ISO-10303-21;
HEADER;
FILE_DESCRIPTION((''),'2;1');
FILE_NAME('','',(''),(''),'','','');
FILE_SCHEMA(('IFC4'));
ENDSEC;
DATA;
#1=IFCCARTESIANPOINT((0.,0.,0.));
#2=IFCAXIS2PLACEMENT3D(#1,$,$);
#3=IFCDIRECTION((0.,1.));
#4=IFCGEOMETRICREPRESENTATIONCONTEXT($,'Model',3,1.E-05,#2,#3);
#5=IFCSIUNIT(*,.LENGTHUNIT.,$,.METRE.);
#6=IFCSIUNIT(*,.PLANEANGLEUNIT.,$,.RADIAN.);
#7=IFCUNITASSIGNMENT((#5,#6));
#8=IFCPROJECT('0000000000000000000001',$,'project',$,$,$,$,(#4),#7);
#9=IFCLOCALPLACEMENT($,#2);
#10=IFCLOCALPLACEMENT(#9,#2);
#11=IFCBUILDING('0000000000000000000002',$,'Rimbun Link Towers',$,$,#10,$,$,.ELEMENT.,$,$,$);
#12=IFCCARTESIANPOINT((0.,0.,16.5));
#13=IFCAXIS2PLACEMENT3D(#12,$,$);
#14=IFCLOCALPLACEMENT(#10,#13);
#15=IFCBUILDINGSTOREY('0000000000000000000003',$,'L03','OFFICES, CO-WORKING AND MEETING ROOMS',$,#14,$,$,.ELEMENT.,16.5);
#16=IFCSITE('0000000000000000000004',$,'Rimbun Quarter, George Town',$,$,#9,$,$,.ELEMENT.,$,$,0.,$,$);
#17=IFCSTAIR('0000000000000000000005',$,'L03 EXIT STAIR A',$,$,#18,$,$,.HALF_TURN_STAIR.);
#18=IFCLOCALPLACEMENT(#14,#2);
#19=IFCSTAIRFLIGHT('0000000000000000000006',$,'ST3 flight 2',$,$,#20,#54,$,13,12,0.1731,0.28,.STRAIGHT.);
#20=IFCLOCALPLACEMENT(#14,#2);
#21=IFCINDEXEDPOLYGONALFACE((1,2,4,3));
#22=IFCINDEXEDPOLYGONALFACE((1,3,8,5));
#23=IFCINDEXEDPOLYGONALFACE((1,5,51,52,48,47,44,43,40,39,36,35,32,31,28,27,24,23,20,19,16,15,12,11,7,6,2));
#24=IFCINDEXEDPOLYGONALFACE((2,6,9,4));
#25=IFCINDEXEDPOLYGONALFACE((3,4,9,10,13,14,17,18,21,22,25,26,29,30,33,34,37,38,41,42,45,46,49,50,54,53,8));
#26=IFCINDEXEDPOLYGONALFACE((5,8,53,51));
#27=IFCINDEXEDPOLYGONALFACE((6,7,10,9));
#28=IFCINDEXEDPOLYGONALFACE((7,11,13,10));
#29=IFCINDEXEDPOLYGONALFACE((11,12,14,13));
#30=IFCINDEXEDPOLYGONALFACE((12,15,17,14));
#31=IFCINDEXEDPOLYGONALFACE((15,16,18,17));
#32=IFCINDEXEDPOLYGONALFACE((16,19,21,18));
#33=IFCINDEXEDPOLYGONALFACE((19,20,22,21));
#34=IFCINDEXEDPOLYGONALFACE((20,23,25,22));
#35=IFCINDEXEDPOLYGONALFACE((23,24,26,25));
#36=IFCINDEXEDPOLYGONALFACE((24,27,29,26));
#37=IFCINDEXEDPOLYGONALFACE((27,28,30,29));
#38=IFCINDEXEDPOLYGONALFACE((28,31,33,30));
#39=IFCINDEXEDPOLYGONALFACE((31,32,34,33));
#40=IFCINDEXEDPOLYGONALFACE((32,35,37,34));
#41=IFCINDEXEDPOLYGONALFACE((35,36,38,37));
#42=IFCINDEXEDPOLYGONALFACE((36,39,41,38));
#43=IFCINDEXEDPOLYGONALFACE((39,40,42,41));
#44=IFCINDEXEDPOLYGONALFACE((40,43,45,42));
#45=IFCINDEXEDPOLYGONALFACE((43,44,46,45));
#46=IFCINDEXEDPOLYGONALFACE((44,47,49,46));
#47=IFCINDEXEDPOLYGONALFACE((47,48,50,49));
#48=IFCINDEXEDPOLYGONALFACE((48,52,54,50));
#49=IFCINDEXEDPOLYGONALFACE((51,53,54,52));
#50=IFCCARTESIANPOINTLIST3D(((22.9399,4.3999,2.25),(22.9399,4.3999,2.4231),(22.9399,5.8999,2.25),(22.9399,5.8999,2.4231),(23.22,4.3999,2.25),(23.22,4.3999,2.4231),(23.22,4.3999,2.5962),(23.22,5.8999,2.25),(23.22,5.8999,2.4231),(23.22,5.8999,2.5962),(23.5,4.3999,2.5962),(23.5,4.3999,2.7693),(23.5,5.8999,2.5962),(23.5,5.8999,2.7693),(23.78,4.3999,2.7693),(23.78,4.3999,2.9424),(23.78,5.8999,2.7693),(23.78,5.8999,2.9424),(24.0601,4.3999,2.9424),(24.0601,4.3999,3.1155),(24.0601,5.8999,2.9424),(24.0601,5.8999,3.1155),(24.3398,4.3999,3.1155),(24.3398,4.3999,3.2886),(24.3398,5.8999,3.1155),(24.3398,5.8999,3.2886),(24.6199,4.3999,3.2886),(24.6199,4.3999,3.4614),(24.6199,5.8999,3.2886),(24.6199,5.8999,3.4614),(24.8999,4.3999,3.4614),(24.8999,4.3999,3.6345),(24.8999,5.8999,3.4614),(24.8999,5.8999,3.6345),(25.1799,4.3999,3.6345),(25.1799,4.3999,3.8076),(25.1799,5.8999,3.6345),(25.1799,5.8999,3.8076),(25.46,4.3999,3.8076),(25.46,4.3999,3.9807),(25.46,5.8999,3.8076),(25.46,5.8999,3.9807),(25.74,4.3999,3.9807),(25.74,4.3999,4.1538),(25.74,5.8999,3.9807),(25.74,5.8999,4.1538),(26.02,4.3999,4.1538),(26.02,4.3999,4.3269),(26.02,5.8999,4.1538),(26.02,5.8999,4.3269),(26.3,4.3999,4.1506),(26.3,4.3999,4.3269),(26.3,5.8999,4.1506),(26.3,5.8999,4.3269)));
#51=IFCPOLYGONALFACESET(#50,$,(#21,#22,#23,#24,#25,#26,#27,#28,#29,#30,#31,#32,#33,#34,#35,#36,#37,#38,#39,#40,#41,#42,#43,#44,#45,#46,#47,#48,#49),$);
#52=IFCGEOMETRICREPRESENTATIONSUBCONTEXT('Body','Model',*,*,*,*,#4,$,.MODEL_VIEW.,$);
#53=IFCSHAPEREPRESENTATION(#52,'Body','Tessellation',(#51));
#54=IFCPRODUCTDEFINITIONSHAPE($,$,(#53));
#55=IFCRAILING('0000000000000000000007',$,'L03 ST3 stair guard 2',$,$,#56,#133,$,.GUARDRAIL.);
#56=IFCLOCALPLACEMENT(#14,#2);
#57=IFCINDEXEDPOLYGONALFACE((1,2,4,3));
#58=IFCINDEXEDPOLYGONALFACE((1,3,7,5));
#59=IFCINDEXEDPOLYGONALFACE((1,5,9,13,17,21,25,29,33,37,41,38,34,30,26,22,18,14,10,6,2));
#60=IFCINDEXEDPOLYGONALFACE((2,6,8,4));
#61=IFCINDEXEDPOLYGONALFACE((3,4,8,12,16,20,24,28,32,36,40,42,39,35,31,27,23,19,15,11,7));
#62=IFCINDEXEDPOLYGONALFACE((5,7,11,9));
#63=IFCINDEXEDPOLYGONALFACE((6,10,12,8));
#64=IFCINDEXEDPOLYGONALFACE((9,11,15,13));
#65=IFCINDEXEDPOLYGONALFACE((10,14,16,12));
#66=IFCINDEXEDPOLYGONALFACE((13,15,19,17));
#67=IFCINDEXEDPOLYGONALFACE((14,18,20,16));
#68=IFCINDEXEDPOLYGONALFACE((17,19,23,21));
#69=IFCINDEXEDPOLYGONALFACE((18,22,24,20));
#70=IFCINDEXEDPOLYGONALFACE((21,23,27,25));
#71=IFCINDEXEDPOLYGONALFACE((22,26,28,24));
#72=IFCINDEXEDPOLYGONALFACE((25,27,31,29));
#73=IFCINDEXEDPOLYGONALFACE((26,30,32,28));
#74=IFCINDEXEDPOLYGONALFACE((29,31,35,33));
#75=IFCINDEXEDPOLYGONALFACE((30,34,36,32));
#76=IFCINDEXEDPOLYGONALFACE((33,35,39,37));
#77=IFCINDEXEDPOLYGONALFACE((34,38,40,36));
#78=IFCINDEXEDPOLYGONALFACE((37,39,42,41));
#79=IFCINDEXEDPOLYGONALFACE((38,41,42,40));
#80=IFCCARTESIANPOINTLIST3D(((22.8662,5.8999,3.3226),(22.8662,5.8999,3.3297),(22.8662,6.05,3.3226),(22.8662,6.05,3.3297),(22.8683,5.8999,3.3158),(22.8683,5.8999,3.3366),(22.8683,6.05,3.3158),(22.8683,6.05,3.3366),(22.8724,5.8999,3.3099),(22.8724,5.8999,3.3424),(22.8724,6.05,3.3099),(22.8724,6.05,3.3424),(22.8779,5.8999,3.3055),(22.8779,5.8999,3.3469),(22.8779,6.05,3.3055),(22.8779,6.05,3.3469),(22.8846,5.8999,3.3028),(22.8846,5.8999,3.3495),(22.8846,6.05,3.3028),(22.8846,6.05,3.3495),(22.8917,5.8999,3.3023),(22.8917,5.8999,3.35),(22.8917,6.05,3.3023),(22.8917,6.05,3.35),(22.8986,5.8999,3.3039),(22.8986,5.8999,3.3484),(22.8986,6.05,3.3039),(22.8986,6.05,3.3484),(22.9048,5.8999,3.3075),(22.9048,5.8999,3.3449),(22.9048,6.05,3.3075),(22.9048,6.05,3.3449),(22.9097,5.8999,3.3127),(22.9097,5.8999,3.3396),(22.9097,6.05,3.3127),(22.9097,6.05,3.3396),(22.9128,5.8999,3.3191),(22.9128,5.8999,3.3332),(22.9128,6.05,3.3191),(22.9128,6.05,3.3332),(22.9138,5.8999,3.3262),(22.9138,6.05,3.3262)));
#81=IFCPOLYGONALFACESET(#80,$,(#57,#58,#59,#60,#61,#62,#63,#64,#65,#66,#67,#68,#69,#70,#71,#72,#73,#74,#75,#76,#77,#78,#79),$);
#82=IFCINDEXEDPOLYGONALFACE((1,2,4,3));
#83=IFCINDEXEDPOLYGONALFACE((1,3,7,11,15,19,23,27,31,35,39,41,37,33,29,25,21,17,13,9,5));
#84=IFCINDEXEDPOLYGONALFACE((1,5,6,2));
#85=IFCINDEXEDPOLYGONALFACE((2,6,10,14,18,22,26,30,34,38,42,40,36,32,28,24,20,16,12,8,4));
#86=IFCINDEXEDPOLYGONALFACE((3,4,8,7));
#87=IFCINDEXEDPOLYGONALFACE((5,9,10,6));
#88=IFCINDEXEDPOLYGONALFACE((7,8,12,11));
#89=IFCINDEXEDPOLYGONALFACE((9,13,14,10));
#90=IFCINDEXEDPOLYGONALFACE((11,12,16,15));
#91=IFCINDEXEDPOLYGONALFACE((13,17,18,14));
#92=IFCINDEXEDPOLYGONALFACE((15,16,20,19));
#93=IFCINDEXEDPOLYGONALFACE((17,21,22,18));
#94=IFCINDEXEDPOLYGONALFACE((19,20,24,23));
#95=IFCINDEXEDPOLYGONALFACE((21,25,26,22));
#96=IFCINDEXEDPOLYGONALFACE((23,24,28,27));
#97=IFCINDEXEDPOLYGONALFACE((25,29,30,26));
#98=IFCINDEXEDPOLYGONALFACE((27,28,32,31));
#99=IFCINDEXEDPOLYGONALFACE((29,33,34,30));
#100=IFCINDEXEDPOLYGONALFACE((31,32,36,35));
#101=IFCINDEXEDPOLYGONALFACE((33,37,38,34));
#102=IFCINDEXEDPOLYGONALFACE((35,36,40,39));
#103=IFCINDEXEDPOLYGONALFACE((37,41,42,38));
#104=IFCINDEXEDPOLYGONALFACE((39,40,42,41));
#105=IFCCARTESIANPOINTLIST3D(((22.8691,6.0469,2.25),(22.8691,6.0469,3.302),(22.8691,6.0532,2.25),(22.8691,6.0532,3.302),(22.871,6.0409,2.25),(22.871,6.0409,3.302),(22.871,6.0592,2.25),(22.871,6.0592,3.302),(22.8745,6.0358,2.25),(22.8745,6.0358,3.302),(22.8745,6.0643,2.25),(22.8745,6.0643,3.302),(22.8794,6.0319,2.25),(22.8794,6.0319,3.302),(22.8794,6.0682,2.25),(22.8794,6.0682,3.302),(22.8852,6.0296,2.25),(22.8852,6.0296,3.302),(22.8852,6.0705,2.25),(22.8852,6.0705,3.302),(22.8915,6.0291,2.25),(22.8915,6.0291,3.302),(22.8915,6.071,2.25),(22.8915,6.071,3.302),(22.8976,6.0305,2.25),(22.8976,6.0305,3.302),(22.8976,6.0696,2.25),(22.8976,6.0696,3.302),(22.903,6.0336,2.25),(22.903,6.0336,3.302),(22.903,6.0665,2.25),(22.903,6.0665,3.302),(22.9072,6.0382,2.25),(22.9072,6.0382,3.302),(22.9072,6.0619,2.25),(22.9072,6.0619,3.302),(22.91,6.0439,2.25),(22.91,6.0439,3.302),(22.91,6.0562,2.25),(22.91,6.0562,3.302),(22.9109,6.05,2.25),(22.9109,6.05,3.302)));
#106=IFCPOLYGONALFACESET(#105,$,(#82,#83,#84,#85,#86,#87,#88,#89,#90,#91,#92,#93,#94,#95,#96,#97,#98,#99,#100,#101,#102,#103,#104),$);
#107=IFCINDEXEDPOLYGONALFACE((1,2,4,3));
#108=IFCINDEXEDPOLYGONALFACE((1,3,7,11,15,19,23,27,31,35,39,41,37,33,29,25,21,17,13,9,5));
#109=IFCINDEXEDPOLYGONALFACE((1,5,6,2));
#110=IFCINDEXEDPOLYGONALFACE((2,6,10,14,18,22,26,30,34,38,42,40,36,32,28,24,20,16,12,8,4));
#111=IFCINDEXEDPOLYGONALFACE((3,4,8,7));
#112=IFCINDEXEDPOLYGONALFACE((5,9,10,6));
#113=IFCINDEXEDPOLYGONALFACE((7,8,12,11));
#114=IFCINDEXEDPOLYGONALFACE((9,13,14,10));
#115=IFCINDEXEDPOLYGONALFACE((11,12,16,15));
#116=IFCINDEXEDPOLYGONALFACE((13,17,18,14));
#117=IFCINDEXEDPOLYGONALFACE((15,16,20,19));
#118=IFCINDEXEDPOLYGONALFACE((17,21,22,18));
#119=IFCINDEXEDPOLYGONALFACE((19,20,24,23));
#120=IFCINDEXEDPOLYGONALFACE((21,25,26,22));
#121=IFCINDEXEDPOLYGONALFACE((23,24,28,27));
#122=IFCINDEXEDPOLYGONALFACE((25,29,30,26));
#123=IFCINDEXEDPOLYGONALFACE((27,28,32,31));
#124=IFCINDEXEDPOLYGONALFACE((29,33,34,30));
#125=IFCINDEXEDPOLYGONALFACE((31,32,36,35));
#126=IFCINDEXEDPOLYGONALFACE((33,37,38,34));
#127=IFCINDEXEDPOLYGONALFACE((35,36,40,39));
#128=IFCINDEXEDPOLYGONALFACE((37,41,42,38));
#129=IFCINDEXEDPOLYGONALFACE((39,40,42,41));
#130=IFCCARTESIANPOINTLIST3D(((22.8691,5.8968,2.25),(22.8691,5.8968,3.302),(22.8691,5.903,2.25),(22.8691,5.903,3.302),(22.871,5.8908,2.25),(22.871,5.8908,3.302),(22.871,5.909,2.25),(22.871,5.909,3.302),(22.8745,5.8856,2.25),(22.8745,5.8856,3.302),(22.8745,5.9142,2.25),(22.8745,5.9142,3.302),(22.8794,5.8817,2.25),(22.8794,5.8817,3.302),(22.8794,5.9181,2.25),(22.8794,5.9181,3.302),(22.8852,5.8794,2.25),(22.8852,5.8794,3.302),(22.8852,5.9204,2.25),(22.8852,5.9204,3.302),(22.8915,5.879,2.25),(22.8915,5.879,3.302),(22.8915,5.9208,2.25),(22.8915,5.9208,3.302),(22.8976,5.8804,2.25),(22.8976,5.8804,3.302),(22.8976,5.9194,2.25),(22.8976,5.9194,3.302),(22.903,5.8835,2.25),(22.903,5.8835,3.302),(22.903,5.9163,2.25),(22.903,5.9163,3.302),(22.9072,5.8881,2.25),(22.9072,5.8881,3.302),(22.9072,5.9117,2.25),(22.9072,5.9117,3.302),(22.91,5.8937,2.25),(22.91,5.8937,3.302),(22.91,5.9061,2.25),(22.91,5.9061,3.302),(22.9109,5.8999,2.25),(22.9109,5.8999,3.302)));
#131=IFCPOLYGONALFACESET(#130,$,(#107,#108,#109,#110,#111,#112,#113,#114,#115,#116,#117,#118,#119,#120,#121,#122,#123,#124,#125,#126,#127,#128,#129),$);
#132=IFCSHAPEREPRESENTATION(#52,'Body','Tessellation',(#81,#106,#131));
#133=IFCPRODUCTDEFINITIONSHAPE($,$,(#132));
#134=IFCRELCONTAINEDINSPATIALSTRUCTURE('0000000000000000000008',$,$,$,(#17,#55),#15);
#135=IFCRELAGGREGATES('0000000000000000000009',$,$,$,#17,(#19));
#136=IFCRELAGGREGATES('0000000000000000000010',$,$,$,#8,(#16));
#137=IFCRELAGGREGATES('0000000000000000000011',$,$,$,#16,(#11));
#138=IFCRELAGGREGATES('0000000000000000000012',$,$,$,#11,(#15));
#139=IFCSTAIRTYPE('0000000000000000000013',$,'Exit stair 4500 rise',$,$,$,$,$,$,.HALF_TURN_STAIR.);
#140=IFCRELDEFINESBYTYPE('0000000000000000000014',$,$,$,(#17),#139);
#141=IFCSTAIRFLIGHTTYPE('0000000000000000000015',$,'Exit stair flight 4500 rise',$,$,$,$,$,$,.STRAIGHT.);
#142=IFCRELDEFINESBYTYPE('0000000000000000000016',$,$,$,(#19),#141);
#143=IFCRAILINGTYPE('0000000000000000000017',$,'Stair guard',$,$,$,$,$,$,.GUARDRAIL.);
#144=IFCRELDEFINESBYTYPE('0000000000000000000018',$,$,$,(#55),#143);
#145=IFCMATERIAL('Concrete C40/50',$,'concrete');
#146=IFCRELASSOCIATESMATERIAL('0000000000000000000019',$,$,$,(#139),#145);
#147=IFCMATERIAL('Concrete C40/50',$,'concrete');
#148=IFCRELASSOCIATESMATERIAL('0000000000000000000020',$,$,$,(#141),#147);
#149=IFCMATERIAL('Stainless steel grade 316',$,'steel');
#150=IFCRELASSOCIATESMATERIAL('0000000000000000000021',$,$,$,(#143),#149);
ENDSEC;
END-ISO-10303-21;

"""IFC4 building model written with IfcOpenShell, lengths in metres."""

from ifc_helpers import new_model, si_unit, direction, frame, origin, origin_2d, place, context, subcontext, project, spatial, polyline, circle, outline, extrude, material, type_object, element, aggregate, save


model = new_model("IFC4")

# Units and contexts
model_context = context("Model", 3, precision=1e-05, world=origin(), true_north=direction((0.0, 1.0)))
body_context = subcontext(model_context, "Body", "Model", "MODEL_VIEW")
ifc_project = project(units=[si_unit("LENGTHUNIT", "METRE"), si_unit("PLANEANGLEUNIT", "RADIAN")], contexts=[model_context])

# Site, building, storey
site_placement = place(None, origin())
site = spatial("IfcSite", under=ifc_project, at=site_placement, Name="Rimbun Quarter, George Town", CompositionType="ELEMENT", RefElevation=0.0)
building_placement = place(site_placement, origin())
building = spatial("IfcBuilding", under=site, at=building_placement, Name="Rimbun Link Towers", CompositionType="ELEMENT")
storey_placement = place(building_placement, frame((0.0, 0.0, 16.5)))
storey = spatial("IfcBuildingStorey", under=building, at=storey_placement, Name="L03", Description="OFFICES, CO-WORKING AND MEETING ROOMS", CompositionType="ELEMENT", Elevation=16.5)

# Stair, stair flight
ifc_material_1 = material(Name="Concrete C40/50", Category="concrete")
stair_type = type_object("IfcStairType", Name="Exit stair 4500 rise", PredefinedType="HALF_TURN_STAIR", material=ifc_material_1)
stair_placement = place(storey_placement, origin())
stair = element("IfcStair", 1, at=stair_placement, inside=storey, type_object=stair_type, Name="L03 EXIT STAIR A", PredefinedType="HALF_TURN_STAIR")
ifc_material_2 = material(Name="Concrete C40/50", Category="concrete")
stair_flight_type = type_object("IfcStairFlightType", Name="Exit stair flight 4500 rise", PredefinedType="STRAIGHT", material=ifc_material_2)
stair_flight_placement = place(storey_placement, frame((22.9399, 5.1499, 2.25), z_axis=(0.0, 0.0, 1.0), x_axis=(1.0, 0.0, 0.0)))
stair_flight = element("IfcStairFlight", 2, at=stair_flight_placement, type_object=stair_flight_type, Name="ST3 flight 2", NumberOfRisers=13, NumberOfTreads=12, PredefinedType="STRAIGHT", RiserHeight=0.1731, TreadLength=0.28, context=body_context, shape_type="SweptSolid", body=[
    extrude(outline(polyline([(0.0, 0.0), (0.0, 0.1731), (0.28, 0.1731), (0.28, 0.3462), (0.5601, 0.3462), (0.5601, 0.5193), (0.8401, 0.5193), (0.8401, 0.6924), (1.1201, 0.6924), (1.1201, 0.8655), (1.3999, 0.8655), (1.3999, 1.0386), (1.6799, 1.0386), (1.6799, 1.2114), (1.96, 1.2114), (1.96, 1.3845), (2.24, 1.3845), (2.24, 1.5576), (2.52, 1.5576), (2.52, 1.7307), (2.8, 1.7307), (2.8, 1.9038), (3.0801, 1.9038), (3.0801, 2.0769), (3.3601, 2.0769), (3.3601, 2.25), (3.3601, 1.9006), (0.28, 0.0), (0.0, 0.0)])), frame((0.0, 0.75, 0.0), z_axis=(0.0, -1.0, 0.0), x_axis=(1.0, 0.0, 0.0)), (0.0, 0.0, 1.0), 1.5),
])
aggregate(stair, [stair_flight])

# Railing
ifc_material_3 = material(Name="Stainless steel grade 316", Category="steel")
railing_type_1 = type_object("IfcRailingType", Name="Stair guard", PredefinedType="GUARDRAIL", material=ifc_material_3)
railing_1_placement = place(storey_placement, frame((22.8899, 6.05, 2.25)))
element("IfcRailing", 3, at=railing_1_placement, inside=storey, type_object=railing_type_1, Name="L03 ST3 stair guard 2", PredefinedType="GUARDRAIL", context=body_context, shape_type="SweptSolid", body=[
    extrude(circle(Radius=0.0239, at=origin_2d()), frame((0.0, 0.0, 1.0762), z_axis=(0.0, -1.0, 0.0), x_axis=(1.0, 0.0, 0.0)), (0.0, 0.0, 1.0), 0.1501),
    extrude(circle(Radius=0.021, at=origin_2d()), origin(), (0.0, 0.0, 1.0), 1.052),
    extrude(circle(Radius=0.021, at=origin_2d()), frame((0.0, -0.1501, 0.0)), (0.0, 0.0, 1.0), 1.052),
])

save(model, "model.ifc")
